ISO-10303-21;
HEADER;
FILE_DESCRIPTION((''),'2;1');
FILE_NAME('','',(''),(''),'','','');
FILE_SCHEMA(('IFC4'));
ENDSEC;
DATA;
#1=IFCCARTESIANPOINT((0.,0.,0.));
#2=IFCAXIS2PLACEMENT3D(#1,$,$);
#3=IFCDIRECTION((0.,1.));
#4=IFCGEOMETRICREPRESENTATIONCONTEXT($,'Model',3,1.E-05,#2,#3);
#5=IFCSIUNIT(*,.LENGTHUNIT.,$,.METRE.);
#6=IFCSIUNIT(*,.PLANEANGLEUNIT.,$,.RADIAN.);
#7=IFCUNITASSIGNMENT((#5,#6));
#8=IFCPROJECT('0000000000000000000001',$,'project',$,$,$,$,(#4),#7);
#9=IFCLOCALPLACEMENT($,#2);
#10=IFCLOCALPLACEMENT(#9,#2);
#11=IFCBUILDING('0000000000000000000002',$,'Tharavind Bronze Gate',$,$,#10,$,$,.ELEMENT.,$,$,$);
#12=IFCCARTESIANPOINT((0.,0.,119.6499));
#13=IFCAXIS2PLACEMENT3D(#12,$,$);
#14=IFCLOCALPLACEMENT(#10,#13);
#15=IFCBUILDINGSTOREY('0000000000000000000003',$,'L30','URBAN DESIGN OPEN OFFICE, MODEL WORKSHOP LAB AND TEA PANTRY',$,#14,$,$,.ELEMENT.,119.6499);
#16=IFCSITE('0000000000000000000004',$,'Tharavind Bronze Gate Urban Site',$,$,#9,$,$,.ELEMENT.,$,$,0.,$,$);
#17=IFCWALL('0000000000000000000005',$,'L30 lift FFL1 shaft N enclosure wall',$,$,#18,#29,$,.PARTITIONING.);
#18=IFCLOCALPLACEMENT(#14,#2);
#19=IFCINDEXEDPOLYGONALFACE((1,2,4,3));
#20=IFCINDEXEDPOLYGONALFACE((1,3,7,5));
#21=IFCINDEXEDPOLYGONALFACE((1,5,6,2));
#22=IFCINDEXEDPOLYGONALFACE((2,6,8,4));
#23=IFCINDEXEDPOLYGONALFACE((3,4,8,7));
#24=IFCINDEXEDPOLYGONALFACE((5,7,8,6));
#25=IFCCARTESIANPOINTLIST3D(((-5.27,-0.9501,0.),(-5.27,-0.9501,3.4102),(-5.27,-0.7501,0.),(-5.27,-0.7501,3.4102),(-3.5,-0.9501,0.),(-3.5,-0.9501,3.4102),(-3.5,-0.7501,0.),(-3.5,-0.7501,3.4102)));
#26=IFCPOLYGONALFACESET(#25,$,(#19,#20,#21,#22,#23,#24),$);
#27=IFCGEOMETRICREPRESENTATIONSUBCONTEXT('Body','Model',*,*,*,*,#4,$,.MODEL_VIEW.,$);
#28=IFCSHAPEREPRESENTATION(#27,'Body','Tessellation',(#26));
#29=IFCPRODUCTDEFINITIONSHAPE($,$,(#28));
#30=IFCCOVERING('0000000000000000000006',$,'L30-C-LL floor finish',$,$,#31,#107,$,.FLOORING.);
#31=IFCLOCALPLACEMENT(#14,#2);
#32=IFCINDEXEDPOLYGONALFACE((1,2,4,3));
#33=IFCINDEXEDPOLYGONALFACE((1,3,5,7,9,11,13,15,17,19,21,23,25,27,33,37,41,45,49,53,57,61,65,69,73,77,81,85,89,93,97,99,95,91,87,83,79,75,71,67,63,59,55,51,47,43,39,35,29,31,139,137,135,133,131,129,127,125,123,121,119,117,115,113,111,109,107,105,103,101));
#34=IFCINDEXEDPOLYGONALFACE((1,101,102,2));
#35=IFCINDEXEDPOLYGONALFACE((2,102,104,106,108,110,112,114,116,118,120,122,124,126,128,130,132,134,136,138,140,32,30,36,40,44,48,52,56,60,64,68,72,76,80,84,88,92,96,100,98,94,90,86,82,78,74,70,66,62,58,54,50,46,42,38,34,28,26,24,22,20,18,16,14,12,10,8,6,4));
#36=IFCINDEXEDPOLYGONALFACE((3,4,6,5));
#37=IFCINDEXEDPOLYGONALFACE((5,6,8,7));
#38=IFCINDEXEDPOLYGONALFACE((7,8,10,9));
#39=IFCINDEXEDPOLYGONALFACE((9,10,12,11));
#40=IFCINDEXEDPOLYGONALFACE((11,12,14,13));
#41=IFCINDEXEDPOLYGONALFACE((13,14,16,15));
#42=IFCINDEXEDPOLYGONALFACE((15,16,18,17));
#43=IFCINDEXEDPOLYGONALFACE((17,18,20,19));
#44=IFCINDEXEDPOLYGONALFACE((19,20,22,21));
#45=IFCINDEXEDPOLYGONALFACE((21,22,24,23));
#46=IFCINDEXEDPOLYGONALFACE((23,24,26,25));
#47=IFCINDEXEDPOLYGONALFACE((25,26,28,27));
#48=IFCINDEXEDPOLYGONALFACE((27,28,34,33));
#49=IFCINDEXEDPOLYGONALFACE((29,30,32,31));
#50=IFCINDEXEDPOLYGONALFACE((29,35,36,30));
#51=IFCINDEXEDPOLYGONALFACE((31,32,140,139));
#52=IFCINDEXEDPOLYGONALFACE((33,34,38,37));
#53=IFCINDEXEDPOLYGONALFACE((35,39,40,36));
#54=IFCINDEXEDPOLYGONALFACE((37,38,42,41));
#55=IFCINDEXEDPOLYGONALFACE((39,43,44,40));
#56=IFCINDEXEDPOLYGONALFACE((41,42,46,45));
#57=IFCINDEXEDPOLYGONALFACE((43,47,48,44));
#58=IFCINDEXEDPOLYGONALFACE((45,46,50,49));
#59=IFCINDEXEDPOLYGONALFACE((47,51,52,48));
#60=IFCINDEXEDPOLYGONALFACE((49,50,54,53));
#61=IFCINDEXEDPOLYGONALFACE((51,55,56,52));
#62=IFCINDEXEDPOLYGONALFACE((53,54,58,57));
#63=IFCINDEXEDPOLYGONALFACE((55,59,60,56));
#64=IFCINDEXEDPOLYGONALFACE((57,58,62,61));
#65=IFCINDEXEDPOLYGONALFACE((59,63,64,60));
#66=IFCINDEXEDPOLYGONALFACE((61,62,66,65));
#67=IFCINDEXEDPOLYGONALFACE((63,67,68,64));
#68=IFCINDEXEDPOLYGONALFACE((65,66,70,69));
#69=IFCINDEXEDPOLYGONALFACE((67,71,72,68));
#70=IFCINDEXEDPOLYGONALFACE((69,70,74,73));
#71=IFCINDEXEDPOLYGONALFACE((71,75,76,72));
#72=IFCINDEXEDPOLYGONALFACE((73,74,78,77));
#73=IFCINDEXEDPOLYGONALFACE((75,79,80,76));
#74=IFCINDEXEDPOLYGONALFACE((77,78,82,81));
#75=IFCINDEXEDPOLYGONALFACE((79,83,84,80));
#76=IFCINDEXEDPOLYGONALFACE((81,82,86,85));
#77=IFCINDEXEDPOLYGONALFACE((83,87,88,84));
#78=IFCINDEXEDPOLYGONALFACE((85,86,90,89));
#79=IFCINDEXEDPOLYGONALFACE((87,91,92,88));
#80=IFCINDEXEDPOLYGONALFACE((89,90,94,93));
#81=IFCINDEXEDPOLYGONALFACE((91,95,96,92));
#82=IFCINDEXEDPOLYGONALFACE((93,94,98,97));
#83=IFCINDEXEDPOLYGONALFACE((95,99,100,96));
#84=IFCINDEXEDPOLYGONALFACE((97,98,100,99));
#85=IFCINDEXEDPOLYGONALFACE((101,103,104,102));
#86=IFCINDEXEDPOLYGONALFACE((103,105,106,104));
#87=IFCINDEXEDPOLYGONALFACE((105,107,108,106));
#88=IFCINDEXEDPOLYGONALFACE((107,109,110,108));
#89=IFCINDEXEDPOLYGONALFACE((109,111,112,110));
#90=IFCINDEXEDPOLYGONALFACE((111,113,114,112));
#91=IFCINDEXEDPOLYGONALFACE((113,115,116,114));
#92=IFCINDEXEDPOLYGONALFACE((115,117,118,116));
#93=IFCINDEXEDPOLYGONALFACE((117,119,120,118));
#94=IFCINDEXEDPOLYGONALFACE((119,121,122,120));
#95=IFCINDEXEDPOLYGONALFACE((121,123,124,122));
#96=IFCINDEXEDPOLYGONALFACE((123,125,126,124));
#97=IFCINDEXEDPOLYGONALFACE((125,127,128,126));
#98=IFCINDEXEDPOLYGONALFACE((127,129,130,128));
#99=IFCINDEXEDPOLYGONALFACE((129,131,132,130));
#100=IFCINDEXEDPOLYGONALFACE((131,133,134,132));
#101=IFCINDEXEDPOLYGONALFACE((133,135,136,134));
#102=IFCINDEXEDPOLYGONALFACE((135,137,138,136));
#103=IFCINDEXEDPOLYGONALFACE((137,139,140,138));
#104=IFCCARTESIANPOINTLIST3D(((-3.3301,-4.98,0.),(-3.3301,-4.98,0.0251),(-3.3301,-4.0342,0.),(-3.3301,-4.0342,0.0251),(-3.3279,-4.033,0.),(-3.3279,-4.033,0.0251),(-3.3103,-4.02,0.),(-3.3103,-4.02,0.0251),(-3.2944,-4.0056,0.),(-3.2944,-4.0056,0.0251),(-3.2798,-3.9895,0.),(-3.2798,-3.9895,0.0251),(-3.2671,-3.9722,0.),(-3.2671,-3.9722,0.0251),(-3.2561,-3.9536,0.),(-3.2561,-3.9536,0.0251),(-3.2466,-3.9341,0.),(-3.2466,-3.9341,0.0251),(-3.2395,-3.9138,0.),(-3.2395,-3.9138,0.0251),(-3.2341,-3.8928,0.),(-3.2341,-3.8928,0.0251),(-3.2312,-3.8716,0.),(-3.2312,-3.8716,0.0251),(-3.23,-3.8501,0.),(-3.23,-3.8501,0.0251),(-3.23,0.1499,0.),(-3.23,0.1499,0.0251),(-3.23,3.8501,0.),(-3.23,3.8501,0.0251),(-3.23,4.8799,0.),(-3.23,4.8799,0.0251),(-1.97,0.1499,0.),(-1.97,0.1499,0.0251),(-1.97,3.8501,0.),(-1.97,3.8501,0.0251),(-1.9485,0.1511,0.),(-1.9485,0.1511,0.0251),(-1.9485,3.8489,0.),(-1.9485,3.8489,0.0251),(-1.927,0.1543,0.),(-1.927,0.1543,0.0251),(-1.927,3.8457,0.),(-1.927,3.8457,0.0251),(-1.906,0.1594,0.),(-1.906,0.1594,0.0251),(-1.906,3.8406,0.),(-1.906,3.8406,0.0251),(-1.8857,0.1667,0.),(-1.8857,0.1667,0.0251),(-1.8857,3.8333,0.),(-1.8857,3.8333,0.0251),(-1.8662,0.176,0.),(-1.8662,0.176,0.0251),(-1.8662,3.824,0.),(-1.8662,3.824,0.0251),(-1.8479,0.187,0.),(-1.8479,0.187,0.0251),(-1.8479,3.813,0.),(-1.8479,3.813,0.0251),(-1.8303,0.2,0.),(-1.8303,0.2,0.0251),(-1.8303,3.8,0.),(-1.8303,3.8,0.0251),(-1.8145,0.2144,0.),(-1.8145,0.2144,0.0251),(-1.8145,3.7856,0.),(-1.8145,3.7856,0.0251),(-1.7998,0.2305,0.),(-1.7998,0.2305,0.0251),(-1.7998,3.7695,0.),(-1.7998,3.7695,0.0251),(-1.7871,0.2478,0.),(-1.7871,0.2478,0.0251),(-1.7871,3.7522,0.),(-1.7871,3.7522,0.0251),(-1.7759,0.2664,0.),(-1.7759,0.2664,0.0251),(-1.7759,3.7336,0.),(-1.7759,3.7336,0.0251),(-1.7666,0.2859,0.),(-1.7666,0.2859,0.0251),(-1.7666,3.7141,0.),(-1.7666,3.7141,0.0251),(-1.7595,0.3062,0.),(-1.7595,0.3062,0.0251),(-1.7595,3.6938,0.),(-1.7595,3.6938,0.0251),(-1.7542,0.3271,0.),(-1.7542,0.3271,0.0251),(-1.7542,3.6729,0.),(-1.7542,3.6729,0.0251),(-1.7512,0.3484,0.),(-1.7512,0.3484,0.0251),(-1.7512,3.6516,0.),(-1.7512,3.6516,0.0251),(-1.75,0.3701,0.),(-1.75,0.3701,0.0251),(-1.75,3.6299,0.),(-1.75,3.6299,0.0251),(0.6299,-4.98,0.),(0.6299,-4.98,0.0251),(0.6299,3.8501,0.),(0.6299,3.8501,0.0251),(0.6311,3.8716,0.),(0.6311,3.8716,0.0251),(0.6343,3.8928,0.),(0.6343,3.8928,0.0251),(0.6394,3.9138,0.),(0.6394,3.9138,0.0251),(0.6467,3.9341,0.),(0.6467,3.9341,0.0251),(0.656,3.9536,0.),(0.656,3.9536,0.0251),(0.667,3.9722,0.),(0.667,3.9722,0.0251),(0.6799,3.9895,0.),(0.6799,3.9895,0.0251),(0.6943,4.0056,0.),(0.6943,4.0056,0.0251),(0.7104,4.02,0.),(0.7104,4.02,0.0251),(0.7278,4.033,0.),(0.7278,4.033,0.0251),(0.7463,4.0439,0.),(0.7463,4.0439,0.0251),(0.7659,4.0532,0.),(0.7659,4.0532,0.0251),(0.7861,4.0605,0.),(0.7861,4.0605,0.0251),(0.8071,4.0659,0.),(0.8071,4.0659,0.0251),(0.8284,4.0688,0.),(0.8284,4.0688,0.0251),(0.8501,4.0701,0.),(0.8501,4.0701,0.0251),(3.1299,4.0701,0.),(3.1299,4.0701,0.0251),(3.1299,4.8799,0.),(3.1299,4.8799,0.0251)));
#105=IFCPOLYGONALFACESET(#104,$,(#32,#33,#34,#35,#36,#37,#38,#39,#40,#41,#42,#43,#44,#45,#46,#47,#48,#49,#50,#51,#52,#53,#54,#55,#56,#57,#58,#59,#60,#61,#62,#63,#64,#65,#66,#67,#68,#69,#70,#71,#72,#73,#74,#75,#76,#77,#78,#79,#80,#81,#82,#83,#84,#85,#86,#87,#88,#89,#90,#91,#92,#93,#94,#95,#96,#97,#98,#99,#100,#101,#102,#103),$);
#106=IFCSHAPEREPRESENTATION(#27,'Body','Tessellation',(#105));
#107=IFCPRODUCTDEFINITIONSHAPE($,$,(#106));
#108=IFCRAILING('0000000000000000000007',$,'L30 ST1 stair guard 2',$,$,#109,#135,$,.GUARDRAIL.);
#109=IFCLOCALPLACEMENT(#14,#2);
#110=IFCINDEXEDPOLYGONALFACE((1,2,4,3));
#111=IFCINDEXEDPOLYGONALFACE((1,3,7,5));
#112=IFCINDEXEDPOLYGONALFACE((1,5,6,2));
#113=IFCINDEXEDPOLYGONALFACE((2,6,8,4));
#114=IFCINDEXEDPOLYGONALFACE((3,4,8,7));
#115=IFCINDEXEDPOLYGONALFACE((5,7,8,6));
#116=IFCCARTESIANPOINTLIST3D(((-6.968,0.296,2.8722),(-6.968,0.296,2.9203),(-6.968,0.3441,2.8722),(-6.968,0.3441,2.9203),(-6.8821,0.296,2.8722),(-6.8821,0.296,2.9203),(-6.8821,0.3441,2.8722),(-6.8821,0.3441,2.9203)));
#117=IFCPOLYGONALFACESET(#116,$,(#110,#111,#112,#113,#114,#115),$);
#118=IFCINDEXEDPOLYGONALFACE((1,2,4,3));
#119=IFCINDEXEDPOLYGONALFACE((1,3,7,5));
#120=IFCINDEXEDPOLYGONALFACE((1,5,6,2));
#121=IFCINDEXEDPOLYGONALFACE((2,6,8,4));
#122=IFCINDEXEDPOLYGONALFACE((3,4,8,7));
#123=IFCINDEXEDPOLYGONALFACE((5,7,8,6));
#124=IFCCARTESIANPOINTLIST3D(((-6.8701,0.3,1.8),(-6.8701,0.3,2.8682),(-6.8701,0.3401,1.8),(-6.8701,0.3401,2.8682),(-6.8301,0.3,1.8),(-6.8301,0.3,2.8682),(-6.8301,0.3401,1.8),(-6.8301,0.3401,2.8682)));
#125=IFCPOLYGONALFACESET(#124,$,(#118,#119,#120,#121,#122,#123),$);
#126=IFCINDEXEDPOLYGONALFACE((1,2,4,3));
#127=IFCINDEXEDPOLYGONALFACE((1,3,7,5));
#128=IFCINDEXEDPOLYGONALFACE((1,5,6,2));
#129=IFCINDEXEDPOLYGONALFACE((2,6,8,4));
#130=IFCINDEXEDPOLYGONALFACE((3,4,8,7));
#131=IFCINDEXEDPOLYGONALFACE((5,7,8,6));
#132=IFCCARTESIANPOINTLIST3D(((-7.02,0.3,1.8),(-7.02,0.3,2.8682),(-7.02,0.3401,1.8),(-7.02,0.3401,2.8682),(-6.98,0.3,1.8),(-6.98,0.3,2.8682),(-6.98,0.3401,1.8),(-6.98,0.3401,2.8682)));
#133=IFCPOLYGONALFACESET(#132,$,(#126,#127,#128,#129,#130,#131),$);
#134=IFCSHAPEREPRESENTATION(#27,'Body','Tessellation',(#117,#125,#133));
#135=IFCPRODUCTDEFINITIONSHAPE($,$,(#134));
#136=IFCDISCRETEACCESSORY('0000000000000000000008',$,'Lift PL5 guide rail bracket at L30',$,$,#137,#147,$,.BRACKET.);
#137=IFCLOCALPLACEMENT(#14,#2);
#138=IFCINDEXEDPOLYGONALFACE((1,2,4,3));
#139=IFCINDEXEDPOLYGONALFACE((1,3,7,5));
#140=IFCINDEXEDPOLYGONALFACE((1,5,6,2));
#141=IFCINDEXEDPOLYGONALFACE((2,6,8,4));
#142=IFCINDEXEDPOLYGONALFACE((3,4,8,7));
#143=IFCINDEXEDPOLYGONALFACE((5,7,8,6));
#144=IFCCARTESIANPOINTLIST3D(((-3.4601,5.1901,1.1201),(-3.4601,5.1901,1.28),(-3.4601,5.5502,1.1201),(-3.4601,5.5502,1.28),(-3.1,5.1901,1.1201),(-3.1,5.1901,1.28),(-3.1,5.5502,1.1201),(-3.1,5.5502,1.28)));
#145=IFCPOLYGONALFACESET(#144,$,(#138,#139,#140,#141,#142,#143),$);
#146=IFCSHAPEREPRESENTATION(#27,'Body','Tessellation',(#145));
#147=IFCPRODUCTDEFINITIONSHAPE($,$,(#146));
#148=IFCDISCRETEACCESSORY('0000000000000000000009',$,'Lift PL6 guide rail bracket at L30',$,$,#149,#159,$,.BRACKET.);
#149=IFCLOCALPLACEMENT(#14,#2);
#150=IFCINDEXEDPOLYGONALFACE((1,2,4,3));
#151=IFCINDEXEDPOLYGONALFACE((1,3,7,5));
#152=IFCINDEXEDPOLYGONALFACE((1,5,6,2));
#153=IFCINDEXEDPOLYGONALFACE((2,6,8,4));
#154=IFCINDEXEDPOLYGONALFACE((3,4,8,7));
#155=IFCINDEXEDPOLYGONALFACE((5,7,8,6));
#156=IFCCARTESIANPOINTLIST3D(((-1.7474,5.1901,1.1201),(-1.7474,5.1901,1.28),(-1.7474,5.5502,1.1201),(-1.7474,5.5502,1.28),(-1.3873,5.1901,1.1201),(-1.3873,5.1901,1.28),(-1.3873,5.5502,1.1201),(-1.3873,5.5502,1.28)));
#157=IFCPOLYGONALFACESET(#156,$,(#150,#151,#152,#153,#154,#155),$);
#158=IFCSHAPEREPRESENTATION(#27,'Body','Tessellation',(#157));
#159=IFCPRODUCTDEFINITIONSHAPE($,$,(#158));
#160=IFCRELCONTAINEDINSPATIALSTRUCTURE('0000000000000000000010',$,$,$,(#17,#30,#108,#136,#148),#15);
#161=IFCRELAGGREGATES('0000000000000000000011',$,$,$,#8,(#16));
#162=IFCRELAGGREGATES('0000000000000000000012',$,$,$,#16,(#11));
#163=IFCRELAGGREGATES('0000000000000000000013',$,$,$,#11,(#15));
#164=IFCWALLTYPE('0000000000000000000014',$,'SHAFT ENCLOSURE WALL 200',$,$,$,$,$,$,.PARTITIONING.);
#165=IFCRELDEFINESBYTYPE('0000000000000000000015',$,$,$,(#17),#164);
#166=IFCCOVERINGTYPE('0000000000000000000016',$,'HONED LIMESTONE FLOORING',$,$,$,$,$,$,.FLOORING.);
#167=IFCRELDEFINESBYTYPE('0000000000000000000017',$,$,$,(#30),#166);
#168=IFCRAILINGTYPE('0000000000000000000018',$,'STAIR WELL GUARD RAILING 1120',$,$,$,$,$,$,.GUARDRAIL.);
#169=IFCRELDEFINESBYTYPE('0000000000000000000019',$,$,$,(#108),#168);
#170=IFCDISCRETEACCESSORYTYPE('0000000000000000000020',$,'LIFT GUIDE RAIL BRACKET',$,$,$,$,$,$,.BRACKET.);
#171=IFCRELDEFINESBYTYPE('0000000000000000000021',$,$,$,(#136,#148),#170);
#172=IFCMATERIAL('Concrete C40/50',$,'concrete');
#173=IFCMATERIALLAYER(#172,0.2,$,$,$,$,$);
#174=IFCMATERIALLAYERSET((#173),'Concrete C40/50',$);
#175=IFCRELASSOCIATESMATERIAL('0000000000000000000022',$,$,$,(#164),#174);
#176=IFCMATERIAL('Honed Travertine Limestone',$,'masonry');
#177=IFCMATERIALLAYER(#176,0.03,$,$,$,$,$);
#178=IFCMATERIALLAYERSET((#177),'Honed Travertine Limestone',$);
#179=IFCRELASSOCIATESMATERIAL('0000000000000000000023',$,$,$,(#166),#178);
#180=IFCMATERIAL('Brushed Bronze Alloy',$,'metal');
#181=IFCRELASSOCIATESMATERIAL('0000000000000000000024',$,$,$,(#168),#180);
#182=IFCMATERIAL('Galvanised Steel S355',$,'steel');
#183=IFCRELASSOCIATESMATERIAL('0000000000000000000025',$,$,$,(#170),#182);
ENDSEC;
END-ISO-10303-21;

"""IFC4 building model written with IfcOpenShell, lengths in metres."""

from ifc_helpers import new_model, si_unit, direction, frame, frame_2d, origin, origin_2d, place, context, subcontext, project, spatial, polyline, rectangle, outline, extrude, material, layer, layer_set, type_object, element, save


model = new_model("IFC4")

# Units and contexts
model_context = context("Model", 3, precision=1e-05, world=origin(), true_north=direction((0.0, 1.0)))
body_context = subcontext(model_context, "Body", "Model", "MODEL_VIEW")
ifc_project = project(units=[si_unit("LENGTHUNIT", "METRE"), si_unit("PLANEANGLEUNIT", "RADIAN")], contexts=[model_context])

# Site, building, storey
site_placement = place(None, origin())
site = spatial("IfcSite", under=ifc_project, at=site_placement, Name="Tharavind Bronze Gate Urban Site", CompositionType="ELEMENT", RefElevation=0.0)
building_placement = place(site_placement, origin())
building = spatial("IfcBuilding", under=site, at=building_placement, Name="Tharavind Bronze Gate", CompositionType="ELEMENT")
storey_placement = place(building_placement, frame((0.0, 0.0, 119.6499)))
storey = spatial("IfcBuildingStorey", under=building, at=storey_placement, Name="L30", Description="URBAN DESIGN OPEN OFFICE, MODEL WORKSHOP LAB AND TEA PANTRY", CompositionType="ELEMENT", Elevation=119.6499)

# Shared definitions
ifc_material_1 = material(Name="Concrete C40/50", Category="concrete")

# Wall
ifc_layer_1 = layer(ifc_material_1, 0.2)
ifc_layer_set_1 = layer_set([ifc_layer_1], Name="Concrete C40/50")
wall_type_1 = type_object("IfcWallType", Name="SHAFT ENCLOSURE WALL 200", PredefinedType="PARTITIONING", material=ifc_layer_set_1)
wall_1_placement = place(storey_placement, frame((-5.27, -0.8501, 0.0), z_axis=(0.0, 0.0, 1.0), x_axis=(1.0, 0.0, 0.0)))
element("IfcWall", 1, at=wall_1_placement, inside=storey, type_object=wall_type_1, Name="L30 lift FFL1 shaft N enclosure wall", PredefinedType="PARTITIONING", context=body_context, shape_type="SweptSolid", body=[
    extrude(rectangle(XDim=1.77, YDim=0.2, at=frame_2d((0.885, 0.0))), origin(), (0.0, 0.0, 1.0), 3.4102),
])

# Covering
ifc_material_2 = material(Name="Honed Travertine Limestone", Category="masonry")
ifc_layer_2 = layer(ifc_material_2, 0.03)
ifc_layer_set_2 = layer_set([ifc_layer_2], Name="Honed Travertine Limestone")
covering_type = type_object("IfcCoveringType", Name="HONED LIMESTONE FLOORING", PredefinedType="FLOORING", material=ifc_layer_set_2)
covering_placement = place(storey_placement, origin())
element("IfcCovering", 2, at=covering_placement, inside=storey, type_object=covering_type, Name="L30-C-LL floor finish", PredefinedType="FLOORING", context=body_context, shape_type="SweptSolid", body=[
    extrude(outline(polyline([(-3.3301, -4.98), (0.6299, -4.98), (0.6299, 3.8501), (0.6311, 3.8716), (0.6343, 3.8928), (0.6394, 3.9138), (0.6467, 3.9341), (0.656, 3.9536), (0.667, 3.9722), (0.6799, 3.9895), (0.6943, 4.0056), (0.7104, 4.02), (0.7278, 4.033), (0.7463, 4.0439), (0.7659, 4.0532), (0.7861, 4.0605), (0.8071, 4.0659), (0.8284, 4.0688), (0.8501, 4.0701), (3.1299, 4.0701), (3.1299, 4.8799), (-3.23, 4.8799), (-3.23, 3.8501), (-1.97, 3.8501), (-1.9485, 3.8489), (-1.927, 3.8457), (-1.906, 3.8406), (-1.8857, 3.8333), (-1.8662, 3.824), (-1.8479, 3.813), (-1.8303, 3.8), (-1.8145, 3.7856), (-1.7998, 3.7695), (-1.7871, 3.7522), (-1.7759, 3.7336), (-1.7666, 3.7141), (-1.7595, 3.6938), (-1.7542, 3.6729), (-1.7512, 3.6516), (-1.75, 3.6299), (-1.75, 0.3701), (-1.7512, 0.3484), (-1.7542, 0.3271), (-1.7595, 0.3062), (-1.7666, 0.2859), (-1.7759, 0.2664), (-1.7871, 0.2478), (-1.7998, 0.2305), (-1.8145, 0.2144), (-1.8303, 0.2), (-1.8479, 0.187), (-1.8662, 0.176), (-1.8857, 0.1667), (-1.906, 0.1594), (-1.927, 0.1543), (-1.9485, 0.1511), (-1.97, 0.1499), (-3.23, 0.1499), (-3.23, -3.8501), (-3.2312, -3.8716), (-3.2341, -3.8928), (-3.2395, -3.9138), (-3.2466, -3.9341), (-3.2561, -3.9536), (-3.2671, -3.9722), (-3.2798, -3.9895), (-3.2944, -4.0056), (-3.3103, -4.02), (-3.3279, -4.033), (-3.3301, -4.0342), (-3.3301, -4.98)])), origin(), (0.0, 0.0, 1.0), 0.0251),
])

# Railing
ifc_material_3 = material(Name="Brushed Bronze Alloy", Category="metal")
railing_type = type_object("IfcRailingType", Name="STAIR WELL GUARD RAILING 1120", PredefinedType="GUARDRAIL", material=ifc_material_3)
railing_placement = place(storey_placement, frame((-6.8501, 0.3201, 1.8)))
element("IfcRailing", 3, at=railing_placement, inside=storey, type_object=railing_type, Name="L30 ST1 stair guard 2", PredefinedType="GUARDRAIL", context=body_context, shape_type="SweptSolid", body=[
    extrude(rectangle(XDim=0.0481, YDim=0.0481, at=origin_2d()), frame((-0.032, 0.0, 1.0962), z_axis=(-1.0, 0.0, 0.0), x_axis=(0.0, -1.0, 0.0)), (0.0, 0.0, 1.0), 0.0859),
    extrude(rectangle(XDim=0.04, YDim=0.04, at=origin_2d()), origin(), (0.0, 0.0, 1.0), 1.0681),
    extrude(rectangle(XDim=0.04, YDim=0.04, at=origin_2d()), frame((-0.1499, 0.0, 0.0)), (0.0, 0.0, 1.0), 1.0681),
])

# Discrete accessories
ifc_material_4 = material(Name="Galvanised Steel S355", Category="steel")
discrete_accessory_type = type_object("IfcDiscreteAccessoryType", Name="LIFT GUIDE RAIL BRACKET", PredefinedType="BRACKET", material=ifc_material_4)
for number, where, z_axis, x_axis, name in (
    (4, (-3.28, 5.3701, 1.1201), (0.0, 0.0, 1.0), (1.0, 0.0, 0.0), "Lift PL5 guide rail bracket at L30"),
    (5, (-1.5674, 5.3701, 1.1201), (0.0, 0.0, 1.0), (1.0, 0.0, 0.0), "Lift PL6 guide rail bracket at L30"),
):
    element("IfcDiscreteAccessory", number, at=place(storey_placement, frame(where, z_axis=z_axis, x_axis=x_axis)), inside=storey, type_object=discrete_accessory_type, Name=name, PredefinedType="BRACKET", context=body_context, shape_type="SweptSolid", body=[
        extrude(rectangle(XDim=0.3601, YDim=0.3601, at=origin_2d()), origin(), (0.0, 0.0, 1.0), 0.1599),
    ])

save(model, "model.ifc")
